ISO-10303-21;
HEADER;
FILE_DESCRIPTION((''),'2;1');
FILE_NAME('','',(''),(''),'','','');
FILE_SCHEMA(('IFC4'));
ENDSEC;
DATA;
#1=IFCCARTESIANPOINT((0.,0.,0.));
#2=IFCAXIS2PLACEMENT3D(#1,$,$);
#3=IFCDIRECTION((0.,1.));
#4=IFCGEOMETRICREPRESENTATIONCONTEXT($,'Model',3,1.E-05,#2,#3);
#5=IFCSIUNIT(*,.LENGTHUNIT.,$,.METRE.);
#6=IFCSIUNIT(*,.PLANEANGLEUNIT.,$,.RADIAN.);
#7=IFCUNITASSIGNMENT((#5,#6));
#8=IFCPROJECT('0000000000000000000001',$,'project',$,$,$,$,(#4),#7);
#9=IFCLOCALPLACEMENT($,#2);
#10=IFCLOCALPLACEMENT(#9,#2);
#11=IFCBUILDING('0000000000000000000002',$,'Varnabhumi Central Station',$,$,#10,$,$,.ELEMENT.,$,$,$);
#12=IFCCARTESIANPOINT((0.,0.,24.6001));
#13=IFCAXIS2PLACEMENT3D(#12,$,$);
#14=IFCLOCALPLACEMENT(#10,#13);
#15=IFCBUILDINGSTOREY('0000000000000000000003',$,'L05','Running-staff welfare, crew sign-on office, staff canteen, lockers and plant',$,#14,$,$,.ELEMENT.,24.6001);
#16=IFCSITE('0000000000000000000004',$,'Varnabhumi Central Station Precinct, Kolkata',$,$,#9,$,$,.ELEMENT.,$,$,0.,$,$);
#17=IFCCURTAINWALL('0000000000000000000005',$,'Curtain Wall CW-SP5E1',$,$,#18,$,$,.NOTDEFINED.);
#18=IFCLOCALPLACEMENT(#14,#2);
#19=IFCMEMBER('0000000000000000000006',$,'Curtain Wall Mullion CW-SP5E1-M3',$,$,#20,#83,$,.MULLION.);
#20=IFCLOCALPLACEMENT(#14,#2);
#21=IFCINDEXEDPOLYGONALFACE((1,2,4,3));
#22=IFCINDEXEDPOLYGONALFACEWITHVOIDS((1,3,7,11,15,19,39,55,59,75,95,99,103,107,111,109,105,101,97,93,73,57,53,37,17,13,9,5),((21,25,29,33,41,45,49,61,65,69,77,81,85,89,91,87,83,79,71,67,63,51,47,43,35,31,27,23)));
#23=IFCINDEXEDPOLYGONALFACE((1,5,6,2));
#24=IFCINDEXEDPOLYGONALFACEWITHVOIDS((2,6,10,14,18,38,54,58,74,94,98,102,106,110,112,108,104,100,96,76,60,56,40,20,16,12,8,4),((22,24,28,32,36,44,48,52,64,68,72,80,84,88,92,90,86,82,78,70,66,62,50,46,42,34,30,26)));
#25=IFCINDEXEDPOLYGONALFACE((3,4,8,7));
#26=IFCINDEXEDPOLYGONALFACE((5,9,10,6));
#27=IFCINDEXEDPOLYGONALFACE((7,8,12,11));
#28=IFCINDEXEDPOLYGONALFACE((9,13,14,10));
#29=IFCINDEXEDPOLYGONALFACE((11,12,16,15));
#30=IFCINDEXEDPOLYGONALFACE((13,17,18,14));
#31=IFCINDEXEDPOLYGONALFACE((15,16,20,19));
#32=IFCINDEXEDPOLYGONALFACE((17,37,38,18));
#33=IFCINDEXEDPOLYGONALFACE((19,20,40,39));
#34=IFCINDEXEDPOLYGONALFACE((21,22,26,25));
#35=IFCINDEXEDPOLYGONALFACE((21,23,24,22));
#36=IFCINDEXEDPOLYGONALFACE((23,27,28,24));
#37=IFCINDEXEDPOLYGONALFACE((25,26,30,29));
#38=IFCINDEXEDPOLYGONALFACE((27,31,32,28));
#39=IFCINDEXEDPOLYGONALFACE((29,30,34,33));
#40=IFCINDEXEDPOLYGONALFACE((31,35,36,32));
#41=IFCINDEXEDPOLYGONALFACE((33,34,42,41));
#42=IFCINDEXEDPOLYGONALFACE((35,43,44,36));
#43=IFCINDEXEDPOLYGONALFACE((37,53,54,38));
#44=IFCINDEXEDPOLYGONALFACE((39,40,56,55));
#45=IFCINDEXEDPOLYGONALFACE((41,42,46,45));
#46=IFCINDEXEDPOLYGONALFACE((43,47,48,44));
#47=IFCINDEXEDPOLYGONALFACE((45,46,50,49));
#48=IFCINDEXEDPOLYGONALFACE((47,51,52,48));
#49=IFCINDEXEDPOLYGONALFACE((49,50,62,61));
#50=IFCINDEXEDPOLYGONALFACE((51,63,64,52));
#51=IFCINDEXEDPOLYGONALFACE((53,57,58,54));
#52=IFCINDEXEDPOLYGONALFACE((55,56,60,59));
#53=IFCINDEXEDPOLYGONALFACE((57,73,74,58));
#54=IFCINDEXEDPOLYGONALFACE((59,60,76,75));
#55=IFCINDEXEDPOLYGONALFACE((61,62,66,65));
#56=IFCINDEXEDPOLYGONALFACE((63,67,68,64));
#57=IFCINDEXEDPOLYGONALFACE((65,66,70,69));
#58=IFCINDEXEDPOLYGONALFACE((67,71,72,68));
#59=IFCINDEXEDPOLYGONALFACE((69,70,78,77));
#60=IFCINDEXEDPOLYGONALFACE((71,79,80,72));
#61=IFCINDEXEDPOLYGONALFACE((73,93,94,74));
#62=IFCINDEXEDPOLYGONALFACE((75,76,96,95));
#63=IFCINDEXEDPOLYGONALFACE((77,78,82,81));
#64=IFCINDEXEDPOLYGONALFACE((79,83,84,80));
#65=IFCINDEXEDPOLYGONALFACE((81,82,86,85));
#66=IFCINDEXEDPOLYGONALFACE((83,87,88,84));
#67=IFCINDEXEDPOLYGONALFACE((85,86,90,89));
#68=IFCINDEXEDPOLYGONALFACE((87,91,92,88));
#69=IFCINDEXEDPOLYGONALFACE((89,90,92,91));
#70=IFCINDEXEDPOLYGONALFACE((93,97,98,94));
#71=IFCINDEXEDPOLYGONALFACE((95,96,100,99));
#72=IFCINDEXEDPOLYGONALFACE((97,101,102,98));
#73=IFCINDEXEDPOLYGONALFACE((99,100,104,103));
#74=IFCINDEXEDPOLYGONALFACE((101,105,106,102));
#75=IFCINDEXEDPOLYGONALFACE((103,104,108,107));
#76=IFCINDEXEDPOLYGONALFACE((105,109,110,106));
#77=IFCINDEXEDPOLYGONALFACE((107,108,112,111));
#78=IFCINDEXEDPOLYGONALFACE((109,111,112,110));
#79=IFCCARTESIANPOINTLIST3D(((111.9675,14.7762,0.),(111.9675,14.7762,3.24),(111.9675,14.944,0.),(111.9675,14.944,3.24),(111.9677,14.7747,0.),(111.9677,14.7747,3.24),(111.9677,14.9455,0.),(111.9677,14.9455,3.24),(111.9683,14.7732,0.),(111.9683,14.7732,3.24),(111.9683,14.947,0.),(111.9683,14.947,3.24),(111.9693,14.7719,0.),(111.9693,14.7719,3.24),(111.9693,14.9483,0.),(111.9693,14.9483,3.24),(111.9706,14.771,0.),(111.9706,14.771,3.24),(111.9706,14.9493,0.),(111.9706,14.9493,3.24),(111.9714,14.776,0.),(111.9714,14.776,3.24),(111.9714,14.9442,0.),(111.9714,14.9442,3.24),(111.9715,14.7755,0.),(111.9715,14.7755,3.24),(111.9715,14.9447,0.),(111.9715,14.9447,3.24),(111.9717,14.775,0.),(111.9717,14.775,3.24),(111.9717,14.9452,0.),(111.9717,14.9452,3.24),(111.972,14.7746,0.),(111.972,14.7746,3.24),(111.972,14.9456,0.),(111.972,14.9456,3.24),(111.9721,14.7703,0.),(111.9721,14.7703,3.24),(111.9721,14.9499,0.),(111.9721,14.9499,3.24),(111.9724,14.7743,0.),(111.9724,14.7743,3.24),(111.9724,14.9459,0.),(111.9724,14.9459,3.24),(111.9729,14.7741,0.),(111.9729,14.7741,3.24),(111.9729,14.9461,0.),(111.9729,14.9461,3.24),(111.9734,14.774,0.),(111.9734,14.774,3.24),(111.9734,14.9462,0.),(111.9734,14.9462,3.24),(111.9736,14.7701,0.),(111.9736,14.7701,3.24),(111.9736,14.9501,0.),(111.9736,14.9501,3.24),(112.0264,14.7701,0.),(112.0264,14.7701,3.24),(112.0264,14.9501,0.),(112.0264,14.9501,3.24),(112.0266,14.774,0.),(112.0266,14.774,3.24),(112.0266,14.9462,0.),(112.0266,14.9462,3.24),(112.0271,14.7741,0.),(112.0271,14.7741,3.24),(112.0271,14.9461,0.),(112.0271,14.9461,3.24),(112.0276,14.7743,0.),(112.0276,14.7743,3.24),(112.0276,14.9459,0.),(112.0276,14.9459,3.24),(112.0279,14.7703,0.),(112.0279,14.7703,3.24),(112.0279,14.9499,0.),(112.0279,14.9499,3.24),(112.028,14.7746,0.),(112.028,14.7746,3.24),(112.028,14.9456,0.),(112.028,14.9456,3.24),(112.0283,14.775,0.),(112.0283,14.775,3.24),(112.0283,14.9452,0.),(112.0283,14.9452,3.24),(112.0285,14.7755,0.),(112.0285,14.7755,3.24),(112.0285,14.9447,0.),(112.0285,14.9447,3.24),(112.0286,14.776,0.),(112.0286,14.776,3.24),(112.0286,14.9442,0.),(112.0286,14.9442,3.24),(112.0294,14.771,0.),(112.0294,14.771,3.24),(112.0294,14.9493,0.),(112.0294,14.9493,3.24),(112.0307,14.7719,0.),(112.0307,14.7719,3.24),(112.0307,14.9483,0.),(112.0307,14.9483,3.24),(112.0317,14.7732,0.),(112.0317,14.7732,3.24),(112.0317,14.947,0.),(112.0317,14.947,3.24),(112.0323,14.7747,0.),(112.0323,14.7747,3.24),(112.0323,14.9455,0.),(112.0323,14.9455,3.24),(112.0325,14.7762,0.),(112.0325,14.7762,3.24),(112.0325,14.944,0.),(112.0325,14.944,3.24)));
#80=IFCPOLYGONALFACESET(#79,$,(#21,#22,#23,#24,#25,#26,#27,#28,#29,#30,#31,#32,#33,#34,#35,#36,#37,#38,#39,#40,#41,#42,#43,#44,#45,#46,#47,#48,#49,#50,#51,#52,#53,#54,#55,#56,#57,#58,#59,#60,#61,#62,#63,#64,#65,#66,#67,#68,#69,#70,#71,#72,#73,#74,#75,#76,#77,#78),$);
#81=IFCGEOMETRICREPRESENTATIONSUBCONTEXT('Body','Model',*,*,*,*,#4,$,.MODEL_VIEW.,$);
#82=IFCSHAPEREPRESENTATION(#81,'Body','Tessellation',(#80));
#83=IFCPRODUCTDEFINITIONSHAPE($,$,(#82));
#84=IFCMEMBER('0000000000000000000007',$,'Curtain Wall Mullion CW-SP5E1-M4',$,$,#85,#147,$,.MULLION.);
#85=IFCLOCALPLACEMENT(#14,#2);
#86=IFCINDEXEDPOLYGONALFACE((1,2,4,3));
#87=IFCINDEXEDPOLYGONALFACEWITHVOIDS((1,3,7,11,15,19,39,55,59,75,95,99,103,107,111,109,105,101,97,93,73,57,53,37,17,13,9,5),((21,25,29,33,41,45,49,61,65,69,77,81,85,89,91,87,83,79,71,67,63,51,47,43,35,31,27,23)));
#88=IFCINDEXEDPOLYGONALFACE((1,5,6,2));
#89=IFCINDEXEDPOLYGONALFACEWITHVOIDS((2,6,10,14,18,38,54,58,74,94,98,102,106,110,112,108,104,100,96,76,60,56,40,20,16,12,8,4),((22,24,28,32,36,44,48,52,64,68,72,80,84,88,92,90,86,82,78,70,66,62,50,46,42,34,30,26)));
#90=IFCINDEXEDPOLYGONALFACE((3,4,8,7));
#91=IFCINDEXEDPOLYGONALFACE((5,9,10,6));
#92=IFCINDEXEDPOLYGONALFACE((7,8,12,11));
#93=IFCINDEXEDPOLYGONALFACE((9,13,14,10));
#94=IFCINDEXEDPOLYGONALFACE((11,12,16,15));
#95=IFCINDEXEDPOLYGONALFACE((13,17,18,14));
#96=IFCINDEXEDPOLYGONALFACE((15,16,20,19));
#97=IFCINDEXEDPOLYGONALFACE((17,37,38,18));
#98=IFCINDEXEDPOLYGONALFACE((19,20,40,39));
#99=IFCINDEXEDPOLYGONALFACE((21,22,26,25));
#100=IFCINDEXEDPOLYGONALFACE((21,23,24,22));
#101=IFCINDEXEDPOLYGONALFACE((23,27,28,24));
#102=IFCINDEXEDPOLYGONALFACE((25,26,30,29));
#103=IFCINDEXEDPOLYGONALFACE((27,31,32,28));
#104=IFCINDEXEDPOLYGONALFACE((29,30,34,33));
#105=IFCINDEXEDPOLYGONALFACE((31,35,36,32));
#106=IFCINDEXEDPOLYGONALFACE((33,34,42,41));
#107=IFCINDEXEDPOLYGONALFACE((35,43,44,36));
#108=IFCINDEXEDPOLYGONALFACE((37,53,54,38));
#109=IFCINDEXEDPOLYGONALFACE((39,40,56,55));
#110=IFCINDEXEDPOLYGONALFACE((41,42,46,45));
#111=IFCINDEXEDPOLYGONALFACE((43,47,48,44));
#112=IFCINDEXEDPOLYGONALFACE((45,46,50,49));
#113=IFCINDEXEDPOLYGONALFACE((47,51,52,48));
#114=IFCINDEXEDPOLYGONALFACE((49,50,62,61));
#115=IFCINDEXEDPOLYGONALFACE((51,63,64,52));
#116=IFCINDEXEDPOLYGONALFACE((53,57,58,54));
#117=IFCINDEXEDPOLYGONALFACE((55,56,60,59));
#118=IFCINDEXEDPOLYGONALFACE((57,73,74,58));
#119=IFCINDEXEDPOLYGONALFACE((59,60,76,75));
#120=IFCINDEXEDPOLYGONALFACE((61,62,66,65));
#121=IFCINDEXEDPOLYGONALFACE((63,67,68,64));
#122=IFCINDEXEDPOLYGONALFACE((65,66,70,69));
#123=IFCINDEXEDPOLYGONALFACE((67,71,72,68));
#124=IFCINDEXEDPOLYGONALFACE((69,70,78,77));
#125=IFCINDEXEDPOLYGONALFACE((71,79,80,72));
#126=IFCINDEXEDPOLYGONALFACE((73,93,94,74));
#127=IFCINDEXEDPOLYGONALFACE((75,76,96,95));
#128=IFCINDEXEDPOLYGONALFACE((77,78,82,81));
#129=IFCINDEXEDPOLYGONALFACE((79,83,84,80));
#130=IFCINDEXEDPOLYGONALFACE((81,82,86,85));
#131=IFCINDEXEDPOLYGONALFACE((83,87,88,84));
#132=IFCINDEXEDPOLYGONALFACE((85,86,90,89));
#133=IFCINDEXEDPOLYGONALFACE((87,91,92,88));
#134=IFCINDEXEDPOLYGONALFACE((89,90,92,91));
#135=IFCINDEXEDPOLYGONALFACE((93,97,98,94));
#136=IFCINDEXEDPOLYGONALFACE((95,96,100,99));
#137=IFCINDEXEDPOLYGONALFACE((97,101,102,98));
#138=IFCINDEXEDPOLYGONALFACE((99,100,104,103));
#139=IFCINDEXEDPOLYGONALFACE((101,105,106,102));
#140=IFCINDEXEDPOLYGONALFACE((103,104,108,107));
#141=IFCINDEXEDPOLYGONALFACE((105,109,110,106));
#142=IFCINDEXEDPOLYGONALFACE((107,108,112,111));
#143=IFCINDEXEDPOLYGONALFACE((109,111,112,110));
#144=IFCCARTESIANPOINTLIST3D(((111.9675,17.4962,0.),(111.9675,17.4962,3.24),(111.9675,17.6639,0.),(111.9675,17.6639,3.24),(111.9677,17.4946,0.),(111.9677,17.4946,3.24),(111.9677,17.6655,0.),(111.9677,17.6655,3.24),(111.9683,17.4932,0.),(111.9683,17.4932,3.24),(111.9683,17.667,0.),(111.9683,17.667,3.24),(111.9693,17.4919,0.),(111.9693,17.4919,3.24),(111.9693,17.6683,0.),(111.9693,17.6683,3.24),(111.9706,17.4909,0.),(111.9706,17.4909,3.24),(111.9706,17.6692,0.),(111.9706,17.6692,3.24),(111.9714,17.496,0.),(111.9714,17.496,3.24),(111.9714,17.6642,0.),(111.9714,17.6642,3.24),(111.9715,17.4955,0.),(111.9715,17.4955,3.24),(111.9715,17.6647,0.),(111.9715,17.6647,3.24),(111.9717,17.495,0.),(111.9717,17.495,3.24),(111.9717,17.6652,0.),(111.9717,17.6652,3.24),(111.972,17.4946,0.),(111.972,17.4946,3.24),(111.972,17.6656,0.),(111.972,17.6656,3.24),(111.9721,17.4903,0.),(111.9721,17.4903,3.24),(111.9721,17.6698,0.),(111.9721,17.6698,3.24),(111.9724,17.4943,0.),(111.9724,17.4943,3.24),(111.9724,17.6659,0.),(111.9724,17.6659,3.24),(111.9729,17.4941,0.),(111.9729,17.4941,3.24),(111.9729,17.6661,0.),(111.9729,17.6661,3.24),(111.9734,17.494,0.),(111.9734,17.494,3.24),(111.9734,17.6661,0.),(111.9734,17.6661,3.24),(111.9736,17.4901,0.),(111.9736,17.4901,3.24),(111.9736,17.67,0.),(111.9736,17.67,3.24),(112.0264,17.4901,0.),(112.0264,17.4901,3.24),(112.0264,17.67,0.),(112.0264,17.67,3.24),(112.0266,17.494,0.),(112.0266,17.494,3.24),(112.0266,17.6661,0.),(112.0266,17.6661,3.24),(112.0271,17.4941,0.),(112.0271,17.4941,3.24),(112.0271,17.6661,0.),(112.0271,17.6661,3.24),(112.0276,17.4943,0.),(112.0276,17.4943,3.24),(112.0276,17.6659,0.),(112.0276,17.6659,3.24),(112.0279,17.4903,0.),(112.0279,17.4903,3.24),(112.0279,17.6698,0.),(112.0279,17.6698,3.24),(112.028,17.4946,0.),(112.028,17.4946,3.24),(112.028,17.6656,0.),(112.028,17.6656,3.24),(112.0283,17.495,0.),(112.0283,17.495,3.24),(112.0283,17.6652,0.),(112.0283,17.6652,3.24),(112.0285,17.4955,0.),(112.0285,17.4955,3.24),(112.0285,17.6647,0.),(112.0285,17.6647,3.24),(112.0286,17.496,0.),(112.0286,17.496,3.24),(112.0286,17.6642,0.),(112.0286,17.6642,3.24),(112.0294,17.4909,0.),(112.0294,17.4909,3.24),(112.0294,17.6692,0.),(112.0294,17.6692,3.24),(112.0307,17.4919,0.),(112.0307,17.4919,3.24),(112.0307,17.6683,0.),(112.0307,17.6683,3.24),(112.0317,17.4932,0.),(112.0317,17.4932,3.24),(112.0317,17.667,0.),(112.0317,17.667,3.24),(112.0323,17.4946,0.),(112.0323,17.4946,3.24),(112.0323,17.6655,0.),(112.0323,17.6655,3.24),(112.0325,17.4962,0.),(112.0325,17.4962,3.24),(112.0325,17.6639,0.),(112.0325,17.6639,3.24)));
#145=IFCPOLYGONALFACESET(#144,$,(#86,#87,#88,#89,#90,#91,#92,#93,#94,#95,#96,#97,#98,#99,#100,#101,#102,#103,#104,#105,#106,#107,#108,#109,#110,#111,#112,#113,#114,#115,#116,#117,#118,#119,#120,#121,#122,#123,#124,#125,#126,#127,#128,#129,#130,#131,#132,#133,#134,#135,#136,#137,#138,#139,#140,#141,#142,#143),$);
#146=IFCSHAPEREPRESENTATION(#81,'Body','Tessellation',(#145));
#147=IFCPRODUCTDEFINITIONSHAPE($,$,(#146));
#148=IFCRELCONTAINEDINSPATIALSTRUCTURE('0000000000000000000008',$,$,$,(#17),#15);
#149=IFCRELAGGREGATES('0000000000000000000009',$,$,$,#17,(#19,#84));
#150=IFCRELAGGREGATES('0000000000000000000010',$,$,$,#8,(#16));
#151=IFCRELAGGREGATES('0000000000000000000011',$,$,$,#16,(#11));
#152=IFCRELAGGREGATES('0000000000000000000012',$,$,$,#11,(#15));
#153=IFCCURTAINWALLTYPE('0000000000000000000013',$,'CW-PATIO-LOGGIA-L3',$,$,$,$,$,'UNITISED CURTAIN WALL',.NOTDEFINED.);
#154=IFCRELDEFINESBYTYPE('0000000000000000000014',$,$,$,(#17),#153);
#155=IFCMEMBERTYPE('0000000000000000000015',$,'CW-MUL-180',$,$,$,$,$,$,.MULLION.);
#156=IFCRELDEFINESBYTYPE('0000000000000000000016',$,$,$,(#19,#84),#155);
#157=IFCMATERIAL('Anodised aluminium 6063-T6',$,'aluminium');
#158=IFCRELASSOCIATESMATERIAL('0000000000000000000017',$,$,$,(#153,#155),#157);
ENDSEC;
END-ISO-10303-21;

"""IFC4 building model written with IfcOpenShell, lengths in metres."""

from ifc_helpers import new_model, si_unit, direction, frame, origin, origin_2d, place, context, subcontext, project, spatial, hollow_rectangle, extrude, material, material_profile, profile_set, type_object, element, aggregate, save


model = new_model("IFC4")

# Units and contexts
model_context = context("Model", 3, precision=1e-05, world=origin(), true_north=direction((0.0, 1.0)))
body_context = subcontext(model_context, "Body", "Model", "MODEL_VIEW")
ifc_project = project(units=[si_unit("LENGTHUNIT", "METRE"), si_unit("PLANEANGLEUNIT", "RADIAN")], contexts=[model_context])

# Site, building, storey
site_placement = place(None, origin())
site = spatial("IfcSite", under=ifc_project, at=site_placement, Name="Varnabhumi Central Station Precinct, Kolkata", CompositionType="ELEMENT", RefElevation=0.0)
building_placement = place(site_placement, origin())
building = spatial("IfcBuilding", under=site, at=building_placement, Name="Varnabhumi Central Station", CompositionType="ELEMENT")
storey_placement = place(building_placement, frame((0.0, 0.0, 24.6001)))
storey = spatial("IfcBuildingStorey", under=building, at=storey_placement, Name="L05", Description="Running-staff welfare, crew sign-on office, staff canteen, lockers and plant", CompositionType="ELEMENT", Elevation=24.6001)

# Curtain wall, members
ifc_material_1 = material(Name="Anodised aluminium 6063-T6", Category="aluminium")
curtain_wall_type = type_object("IfcCurtainWallType", Name="CW-PATIO-LOGGIA-L3", ElementType="UNITISED CURTAIN WALL", PredefinedType="NOTDEFINED", material=ifc_material_1)
curtain_wall_1_placement = place(storey_placement, origin())
curtain_wall_1 = element("IfcCurtainWall", 1, at=curtain_wall_1_placement, inside=storey, type_object=curtain_wall_type, Name="Curtain Wall CW-SP5E1", PredefinedType="NOTDEFINED")
ifc_material_profile_1 = material_profile(ifc_material_1, hollow_rectangle(XDim=0.0649, YDim=0.1799, WallThickness=0.0039, InnerFilletRadius=0.002, OuterFilletRadius=0.0061, at=origin_2d()), Name="Anodised aluminium 6063-T6", Category="aluminium")
ifc_profile_set_1 = profile_set([ifc_material_profile_1], Name="Anodised aluminium 6063-T6")
member_type_1 = type_object("IfcMemberType", Name="CW-MUL-180", PredefinedType="MULLION", material=ifc_profile_set_1)
member_1_placement = place(storey_placement, frame((112.0, 14.8601, 0.0), z_axis=(0.0, 0.0, 1.0), x_axis=(1.0, 0.0, 0.0)))
member_1 = element("IfcMember", 2, at=member_1_placement, type_object=member_type_1, Name="Curtain Wall Mullion CW-SP5E1-M3", PredefinedType="MULLION", context=body_context, shape_type="SweptSolid", body=[
    extrude(hollow_rectangle(XDim=0.0649, YDim=0.1799, WallThickness=0.0039, InnerFilletRadius=0.002, OuterFilletRadius=0.0061, at=origin_2d()), origin(), (0.0, 0.0, 1.0), 3.24),
])
member_2_placement = place(storey_placement, frame((112.0, 17.5801, 0.0), z_axis=(0.0, 0.0, 1.0), x_axis=(1.0, 0.0, 0.0)))
member_2 = element("IfcMember", 3, at=member_2_placement, type_object=member_type_1, Name="Curtain Wall Mullion CW-SP5E1-M4", PredefinedType="MULLION", context=body_context, shape_type="SweptSolid", body=[
    extrude(hollow_rectangle(XDim=0.0649, YDim=0.1799, WallThickness=0.0039, InnerFilletRadius=0.002, OuterFilletRadius=0.0061, at=origin_2d()), origin(), (0.0, 0.0, 1.0), 3.24),
])

aggregate(curtain_wall_1, [member_1, member_2])

save(model, "model.ifc")
